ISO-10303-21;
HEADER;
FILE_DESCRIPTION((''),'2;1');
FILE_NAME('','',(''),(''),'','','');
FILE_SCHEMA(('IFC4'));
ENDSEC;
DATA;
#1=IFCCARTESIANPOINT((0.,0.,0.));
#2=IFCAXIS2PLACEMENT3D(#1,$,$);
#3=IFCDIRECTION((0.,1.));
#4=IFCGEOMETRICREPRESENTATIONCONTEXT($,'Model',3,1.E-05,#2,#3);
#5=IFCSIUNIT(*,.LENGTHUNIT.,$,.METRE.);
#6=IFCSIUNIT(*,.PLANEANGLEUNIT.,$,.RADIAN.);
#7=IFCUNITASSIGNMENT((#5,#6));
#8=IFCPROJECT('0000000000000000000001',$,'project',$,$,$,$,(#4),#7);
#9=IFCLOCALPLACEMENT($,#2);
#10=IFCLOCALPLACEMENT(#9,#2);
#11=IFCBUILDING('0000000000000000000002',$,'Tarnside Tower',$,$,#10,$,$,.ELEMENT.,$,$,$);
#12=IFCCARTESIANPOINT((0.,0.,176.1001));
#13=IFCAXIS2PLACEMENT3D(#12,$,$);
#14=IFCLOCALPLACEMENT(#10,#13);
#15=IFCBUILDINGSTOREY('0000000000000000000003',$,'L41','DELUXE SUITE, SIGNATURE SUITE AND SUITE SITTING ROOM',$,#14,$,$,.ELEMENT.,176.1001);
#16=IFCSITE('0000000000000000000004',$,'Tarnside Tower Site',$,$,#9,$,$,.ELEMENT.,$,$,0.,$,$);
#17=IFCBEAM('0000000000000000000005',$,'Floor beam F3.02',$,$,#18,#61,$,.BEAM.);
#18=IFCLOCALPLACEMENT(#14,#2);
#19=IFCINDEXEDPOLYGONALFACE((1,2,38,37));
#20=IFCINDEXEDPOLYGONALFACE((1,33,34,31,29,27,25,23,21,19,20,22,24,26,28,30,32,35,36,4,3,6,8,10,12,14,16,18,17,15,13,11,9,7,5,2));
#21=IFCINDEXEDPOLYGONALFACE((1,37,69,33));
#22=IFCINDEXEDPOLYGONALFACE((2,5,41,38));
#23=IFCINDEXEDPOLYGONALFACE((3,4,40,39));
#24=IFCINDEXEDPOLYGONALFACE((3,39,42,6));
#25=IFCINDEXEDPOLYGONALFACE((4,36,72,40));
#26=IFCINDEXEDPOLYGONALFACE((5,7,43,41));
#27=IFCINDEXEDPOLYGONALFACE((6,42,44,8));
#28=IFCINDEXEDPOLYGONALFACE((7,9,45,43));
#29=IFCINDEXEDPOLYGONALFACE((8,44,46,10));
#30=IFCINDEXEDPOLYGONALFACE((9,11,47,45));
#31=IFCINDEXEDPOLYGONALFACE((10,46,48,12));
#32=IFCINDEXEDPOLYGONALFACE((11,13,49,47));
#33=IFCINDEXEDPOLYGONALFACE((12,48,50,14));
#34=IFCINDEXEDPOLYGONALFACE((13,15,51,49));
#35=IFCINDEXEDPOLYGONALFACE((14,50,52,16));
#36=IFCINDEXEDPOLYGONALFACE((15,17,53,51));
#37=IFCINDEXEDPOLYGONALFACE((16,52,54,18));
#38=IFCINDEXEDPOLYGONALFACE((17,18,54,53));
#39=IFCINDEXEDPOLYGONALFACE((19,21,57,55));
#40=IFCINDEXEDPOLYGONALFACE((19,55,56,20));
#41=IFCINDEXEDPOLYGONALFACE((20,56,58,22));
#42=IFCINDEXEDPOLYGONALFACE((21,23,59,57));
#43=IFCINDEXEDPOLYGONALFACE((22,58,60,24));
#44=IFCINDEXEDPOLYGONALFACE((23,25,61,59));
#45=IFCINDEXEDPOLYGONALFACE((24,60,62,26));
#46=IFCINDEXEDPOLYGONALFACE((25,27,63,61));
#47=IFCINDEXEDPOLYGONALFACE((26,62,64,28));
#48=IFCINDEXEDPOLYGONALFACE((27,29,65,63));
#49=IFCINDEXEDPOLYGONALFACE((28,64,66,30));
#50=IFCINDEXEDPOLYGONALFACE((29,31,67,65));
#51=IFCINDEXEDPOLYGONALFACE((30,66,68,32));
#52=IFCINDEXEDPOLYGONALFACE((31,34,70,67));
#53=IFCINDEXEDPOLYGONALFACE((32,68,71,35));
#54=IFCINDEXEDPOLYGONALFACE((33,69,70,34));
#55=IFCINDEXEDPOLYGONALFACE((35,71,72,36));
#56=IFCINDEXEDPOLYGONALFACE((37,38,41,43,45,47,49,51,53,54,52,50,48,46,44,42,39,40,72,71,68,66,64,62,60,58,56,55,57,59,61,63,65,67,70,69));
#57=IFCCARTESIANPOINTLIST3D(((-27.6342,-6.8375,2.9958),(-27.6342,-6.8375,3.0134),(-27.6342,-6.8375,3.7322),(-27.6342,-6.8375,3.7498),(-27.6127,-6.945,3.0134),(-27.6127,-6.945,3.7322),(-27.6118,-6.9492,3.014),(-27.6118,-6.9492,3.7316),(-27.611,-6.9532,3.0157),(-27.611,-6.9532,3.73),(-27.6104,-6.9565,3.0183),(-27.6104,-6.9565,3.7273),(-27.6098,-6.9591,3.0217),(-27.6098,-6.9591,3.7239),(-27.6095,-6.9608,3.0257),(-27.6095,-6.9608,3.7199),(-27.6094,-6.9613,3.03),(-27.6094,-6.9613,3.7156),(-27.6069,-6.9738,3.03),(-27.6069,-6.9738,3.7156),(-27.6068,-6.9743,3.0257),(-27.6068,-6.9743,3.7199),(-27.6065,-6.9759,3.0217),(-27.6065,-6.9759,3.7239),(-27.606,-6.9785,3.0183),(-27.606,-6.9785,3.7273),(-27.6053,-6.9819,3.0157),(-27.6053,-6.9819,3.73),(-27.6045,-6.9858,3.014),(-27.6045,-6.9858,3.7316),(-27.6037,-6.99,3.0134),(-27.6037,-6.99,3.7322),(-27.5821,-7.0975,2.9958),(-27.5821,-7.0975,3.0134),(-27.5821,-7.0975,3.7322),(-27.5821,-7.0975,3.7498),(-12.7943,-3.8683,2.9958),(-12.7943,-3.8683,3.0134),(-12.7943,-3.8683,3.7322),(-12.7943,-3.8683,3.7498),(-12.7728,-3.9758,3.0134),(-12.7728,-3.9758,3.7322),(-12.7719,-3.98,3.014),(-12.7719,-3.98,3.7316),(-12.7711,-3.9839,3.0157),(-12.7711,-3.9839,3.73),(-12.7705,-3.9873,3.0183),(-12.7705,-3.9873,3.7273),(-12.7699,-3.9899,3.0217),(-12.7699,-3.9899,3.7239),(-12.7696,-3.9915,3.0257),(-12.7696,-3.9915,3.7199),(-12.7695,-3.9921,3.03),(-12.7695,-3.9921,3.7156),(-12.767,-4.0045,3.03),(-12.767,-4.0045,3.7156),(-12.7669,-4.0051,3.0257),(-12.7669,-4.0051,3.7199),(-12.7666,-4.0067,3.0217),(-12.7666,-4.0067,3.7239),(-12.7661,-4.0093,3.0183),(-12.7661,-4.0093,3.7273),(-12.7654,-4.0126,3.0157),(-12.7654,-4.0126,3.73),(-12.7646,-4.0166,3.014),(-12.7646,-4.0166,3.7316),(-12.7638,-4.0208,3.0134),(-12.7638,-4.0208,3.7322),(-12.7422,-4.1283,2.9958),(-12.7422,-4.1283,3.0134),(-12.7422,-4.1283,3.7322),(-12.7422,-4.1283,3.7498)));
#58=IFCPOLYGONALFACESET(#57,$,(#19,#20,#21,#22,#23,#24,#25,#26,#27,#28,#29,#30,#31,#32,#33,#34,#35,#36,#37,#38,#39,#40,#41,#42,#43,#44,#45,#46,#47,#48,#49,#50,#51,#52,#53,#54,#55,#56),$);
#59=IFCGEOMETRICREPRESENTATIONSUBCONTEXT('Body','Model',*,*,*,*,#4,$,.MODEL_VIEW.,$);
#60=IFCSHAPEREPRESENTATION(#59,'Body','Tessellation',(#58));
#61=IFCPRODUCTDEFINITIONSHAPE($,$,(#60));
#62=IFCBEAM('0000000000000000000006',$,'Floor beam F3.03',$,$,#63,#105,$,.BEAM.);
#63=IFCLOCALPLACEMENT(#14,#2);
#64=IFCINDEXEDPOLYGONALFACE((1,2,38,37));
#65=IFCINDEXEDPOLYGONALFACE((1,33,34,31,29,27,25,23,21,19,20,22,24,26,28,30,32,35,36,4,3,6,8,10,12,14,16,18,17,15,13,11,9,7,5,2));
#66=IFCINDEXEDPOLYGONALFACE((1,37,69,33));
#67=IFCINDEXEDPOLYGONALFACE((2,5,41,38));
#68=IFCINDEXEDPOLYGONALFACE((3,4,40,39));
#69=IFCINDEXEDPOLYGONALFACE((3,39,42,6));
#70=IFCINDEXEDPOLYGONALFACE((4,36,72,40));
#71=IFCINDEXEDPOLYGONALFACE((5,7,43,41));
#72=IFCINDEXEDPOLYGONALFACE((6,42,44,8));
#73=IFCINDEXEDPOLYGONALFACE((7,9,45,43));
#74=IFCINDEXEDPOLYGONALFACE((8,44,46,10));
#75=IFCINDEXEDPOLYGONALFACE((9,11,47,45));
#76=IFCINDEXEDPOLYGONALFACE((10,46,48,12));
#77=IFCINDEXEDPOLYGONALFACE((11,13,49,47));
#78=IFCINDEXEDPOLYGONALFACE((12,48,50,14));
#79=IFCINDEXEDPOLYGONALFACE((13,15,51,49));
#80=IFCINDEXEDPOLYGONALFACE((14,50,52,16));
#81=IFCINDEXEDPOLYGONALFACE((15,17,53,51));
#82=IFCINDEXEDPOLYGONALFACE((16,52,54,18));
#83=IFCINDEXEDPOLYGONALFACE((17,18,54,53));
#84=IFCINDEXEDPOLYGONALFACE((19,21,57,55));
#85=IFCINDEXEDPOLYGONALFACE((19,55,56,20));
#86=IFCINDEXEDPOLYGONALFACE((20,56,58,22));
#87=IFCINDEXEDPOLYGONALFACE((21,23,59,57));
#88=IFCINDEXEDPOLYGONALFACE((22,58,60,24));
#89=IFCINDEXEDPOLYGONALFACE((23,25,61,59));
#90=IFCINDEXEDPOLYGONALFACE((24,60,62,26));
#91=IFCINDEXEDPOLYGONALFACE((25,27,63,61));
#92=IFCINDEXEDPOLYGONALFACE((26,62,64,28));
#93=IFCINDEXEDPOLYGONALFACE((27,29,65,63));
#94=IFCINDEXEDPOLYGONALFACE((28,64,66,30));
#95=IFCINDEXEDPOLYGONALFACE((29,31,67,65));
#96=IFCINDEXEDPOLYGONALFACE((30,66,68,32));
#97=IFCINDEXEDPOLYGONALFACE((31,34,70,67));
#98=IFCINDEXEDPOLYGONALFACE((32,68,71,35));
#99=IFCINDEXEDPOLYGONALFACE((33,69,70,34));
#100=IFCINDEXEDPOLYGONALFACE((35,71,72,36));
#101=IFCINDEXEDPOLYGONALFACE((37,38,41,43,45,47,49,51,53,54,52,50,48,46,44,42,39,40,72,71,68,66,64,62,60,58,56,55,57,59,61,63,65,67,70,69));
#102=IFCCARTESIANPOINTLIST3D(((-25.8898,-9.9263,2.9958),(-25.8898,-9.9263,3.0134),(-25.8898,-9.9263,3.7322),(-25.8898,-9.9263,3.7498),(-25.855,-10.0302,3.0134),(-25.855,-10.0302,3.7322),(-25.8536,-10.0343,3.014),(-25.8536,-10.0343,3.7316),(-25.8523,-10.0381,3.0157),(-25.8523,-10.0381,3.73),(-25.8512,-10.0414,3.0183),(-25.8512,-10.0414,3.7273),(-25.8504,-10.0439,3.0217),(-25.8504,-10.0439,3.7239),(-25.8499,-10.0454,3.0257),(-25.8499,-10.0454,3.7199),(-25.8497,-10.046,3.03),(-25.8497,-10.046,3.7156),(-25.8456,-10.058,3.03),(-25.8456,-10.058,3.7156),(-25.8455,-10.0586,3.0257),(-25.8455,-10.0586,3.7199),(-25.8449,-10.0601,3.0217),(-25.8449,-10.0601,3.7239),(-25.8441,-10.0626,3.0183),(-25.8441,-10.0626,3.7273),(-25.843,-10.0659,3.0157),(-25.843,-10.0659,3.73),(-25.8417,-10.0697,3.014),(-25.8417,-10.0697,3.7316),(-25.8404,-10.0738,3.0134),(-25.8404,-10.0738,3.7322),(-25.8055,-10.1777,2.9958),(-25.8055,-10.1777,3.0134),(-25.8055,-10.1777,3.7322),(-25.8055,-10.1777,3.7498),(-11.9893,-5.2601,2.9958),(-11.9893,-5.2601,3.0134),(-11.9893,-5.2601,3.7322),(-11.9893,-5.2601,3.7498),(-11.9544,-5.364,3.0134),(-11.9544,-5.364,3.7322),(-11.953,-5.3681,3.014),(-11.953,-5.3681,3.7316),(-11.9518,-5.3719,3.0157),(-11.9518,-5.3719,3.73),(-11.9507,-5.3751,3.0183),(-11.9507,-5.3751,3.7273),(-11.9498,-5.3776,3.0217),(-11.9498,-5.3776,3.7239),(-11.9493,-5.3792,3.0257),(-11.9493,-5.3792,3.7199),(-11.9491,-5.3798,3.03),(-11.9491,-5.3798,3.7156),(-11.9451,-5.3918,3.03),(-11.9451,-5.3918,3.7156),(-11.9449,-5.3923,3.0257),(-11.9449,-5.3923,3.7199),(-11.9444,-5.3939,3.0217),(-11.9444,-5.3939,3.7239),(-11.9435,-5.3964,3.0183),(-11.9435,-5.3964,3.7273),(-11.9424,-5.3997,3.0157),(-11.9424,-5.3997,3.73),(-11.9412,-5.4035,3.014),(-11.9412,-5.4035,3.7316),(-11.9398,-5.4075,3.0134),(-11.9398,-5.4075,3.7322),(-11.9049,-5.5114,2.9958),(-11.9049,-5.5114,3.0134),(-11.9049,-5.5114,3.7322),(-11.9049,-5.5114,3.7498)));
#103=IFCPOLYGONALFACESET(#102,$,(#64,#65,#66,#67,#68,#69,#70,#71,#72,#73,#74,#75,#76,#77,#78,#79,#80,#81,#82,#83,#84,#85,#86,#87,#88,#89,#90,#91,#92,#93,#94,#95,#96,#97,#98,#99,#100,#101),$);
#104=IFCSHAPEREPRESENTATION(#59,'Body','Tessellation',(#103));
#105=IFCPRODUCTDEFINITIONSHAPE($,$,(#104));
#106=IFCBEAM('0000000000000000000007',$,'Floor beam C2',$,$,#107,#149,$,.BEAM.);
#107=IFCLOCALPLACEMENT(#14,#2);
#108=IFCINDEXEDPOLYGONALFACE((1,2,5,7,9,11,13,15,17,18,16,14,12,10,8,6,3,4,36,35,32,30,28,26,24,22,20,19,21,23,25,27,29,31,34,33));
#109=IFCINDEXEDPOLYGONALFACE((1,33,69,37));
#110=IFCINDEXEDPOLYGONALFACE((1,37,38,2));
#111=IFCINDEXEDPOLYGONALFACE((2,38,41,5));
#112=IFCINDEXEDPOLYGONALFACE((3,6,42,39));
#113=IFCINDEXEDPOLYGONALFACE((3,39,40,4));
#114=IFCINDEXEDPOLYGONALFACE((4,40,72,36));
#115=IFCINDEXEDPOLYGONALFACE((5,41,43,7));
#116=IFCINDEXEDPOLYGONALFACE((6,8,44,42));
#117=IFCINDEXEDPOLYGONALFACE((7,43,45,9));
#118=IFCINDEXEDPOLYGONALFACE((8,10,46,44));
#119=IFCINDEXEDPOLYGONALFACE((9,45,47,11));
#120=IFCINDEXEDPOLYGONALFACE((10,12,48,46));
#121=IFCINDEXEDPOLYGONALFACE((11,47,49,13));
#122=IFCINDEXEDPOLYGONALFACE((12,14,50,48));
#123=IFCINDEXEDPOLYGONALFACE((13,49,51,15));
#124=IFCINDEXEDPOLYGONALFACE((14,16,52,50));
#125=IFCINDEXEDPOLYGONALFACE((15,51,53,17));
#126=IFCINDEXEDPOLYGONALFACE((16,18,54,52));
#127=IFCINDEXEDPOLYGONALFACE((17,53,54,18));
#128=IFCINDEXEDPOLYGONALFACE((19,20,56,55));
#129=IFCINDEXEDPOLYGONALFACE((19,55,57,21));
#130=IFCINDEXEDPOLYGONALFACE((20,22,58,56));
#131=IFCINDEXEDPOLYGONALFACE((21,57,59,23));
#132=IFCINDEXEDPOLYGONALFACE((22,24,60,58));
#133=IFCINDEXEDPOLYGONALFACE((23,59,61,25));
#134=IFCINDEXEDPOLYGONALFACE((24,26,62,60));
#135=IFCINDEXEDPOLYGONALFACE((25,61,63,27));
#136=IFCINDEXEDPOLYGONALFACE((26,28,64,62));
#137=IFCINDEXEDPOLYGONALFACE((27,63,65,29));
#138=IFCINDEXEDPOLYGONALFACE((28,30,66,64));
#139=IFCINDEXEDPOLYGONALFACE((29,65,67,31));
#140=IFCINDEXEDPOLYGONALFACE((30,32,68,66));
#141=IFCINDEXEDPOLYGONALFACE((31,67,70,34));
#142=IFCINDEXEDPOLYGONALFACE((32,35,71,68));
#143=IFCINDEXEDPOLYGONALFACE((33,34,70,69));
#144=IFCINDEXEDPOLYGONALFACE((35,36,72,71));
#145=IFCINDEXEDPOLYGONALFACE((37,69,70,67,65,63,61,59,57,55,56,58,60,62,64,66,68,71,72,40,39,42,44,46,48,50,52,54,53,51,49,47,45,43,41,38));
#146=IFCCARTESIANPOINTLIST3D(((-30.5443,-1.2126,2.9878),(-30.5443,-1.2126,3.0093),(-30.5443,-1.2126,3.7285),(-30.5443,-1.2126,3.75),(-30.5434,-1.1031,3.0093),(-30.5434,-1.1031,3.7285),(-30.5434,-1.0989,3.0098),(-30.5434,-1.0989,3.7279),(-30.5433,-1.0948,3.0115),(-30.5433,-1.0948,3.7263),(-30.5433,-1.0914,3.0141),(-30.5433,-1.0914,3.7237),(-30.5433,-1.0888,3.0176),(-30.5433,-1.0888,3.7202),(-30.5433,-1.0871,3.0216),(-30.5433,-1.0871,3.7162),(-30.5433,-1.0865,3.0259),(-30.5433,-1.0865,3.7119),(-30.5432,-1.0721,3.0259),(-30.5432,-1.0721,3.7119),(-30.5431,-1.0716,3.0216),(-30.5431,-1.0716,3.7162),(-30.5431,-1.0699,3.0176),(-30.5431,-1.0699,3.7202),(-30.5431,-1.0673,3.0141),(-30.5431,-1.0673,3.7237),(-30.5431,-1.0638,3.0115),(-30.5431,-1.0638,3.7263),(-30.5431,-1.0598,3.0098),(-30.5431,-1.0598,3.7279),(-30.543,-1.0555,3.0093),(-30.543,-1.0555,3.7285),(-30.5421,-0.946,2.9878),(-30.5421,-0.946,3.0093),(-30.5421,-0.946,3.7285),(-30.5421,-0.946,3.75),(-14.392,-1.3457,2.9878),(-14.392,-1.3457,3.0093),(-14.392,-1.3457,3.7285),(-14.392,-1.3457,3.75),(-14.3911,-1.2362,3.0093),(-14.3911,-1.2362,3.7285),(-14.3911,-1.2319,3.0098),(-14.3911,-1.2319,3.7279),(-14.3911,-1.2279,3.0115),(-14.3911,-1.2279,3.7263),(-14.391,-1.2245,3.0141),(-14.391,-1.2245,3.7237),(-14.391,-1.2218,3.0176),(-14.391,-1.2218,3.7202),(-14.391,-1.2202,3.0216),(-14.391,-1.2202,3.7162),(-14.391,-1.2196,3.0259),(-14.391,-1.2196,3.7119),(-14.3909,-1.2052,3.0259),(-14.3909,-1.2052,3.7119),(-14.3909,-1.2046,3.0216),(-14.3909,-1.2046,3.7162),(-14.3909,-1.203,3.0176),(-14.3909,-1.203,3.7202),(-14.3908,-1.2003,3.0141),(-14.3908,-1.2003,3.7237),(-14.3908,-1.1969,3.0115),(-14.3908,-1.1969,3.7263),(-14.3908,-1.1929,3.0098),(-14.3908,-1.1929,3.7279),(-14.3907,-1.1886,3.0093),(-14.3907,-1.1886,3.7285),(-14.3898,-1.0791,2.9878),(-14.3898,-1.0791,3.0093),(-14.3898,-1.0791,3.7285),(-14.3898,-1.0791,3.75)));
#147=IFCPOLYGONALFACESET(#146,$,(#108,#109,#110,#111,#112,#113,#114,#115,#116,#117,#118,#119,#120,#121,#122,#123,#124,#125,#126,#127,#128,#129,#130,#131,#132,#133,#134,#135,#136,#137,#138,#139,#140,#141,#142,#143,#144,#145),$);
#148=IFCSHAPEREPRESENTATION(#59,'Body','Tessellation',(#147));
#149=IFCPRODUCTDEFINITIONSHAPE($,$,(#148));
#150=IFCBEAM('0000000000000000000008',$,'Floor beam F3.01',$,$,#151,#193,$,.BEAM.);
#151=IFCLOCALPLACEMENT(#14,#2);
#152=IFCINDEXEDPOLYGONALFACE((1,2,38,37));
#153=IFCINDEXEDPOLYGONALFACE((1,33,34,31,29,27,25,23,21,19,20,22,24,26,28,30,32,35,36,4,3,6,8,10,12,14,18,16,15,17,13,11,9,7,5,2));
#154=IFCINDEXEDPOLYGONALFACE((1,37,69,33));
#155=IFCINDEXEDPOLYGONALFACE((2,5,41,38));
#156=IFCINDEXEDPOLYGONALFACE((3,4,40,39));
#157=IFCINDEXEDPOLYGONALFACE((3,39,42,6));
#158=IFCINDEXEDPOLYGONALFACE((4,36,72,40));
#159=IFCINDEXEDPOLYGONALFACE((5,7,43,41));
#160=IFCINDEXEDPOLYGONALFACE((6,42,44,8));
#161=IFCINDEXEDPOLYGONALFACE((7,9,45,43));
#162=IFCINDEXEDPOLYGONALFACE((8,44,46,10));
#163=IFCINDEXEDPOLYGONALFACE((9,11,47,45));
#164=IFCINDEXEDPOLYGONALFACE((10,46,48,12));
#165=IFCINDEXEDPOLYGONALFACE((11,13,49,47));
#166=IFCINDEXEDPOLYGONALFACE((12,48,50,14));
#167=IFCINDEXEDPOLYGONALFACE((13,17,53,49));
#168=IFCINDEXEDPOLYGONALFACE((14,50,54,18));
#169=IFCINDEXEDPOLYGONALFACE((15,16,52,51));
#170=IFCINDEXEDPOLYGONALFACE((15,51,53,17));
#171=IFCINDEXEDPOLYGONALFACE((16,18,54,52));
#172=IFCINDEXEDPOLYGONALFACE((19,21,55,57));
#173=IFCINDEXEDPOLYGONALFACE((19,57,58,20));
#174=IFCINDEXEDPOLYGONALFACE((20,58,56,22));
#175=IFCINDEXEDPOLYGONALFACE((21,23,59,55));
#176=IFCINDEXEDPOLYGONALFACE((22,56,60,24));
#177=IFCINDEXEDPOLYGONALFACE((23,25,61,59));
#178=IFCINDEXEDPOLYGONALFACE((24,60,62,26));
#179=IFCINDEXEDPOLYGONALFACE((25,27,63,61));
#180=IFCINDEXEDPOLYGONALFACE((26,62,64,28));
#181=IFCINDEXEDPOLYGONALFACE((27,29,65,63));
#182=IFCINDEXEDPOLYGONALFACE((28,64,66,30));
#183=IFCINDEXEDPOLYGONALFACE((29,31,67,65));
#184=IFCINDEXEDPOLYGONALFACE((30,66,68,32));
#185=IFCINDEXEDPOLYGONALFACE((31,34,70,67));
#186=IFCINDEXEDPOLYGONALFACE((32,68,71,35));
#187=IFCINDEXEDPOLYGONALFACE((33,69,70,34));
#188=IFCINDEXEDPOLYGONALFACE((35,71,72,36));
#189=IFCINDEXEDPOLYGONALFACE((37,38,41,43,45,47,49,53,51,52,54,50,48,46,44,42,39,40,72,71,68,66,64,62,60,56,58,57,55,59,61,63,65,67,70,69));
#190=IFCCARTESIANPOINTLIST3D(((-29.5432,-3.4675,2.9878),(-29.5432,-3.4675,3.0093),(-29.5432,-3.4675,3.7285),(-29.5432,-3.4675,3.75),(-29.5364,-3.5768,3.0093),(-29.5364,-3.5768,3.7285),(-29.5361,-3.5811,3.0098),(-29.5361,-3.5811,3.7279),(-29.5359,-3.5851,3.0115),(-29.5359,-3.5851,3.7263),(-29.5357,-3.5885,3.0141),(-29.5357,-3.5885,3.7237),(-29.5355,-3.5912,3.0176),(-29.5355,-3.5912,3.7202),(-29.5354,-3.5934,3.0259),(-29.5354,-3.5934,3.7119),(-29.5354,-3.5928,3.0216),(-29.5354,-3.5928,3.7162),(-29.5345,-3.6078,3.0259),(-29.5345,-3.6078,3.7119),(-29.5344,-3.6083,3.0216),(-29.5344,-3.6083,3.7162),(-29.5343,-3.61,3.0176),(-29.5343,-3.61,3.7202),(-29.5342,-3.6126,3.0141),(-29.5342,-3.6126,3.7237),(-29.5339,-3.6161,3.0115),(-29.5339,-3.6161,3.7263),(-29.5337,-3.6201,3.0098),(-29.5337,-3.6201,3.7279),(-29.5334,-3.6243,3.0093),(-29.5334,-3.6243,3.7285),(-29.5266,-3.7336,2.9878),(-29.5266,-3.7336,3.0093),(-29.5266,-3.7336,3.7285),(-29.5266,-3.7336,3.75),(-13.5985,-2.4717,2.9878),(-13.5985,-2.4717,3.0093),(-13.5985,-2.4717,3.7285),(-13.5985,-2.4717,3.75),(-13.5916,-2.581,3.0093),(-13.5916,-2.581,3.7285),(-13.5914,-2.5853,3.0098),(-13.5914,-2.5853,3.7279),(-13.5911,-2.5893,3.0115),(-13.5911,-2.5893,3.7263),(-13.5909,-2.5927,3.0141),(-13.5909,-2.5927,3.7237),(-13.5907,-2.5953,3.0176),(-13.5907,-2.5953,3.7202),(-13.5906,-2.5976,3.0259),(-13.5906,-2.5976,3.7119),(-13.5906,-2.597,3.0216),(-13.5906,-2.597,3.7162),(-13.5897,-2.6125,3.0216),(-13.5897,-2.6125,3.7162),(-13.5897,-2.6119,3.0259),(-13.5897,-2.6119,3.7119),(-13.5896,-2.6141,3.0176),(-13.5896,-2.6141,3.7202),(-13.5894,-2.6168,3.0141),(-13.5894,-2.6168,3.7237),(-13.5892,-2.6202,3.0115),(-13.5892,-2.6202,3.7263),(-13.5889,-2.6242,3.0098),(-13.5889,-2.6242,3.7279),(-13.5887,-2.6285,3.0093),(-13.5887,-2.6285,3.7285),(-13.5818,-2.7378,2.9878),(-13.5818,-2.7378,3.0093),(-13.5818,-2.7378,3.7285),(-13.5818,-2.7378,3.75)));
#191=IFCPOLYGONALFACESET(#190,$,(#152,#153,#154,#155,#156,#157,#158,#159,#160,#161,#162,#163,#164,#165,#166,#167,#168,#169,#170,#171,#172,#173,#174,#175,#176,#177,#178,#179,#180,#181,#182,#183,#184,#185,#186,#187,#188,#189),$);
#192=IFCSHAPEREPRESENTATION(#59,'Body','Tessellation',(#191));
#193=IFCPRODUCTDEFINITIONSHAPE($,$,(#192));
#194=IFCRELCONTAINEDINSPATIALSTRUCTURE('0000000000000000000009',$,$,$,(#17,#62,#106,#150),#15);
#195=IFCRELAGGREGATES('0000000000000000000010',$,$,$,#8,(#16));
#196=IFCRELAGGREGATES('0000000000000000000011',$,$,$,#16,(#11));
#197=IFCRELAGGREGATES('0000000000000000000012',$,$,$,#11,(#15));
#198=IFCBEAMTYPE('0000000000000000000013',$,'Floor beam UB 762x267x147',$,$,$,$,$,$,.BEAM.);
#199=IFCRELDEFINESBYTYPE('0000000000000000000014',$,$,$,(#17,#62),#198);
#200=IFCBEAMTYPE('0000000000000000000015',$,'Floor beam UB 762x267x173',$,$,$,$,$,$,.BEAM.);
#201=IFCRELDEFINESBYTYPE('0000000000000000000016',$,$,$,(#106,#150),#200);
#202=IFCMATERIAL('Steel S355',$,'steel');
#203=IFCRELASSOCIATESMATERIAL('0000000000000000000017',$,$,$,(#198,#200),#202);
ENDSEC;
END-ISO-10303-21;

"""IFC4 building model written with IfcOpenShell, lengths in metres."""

from ifc_helpers import new_model, si_unit, direction, frame, origin, origin_2d, place, context, subcontext, project, spatial, i_section, extrude, material, material_profile, profile_set, type_object, element, save


model = new_model("IFC4")

# Units and contexts
model_context = context("Model", 3, precision=1e-05, world=origin(), true_north=direction((0.0, 1.0)))
body_context = subcontext(model_context, "Body", "Model", "MODEL_VIEW")
ifc_project = project(units=[si_unit("LENGTHUNIT", "METRE"), si_unit("PLANEANGLEUNIT", "RADIAN")], contexts=[model_context])

# Site, building, storey
site_placement = place(None, origin())
site = spatial("IfcSite", under=ifc_project, at=site_placement, Name="Tarnside Tower Site", CompositionType="ELEMENT", RefElevation=0.0)
building_placement = place(site_placement, origin())
building = spatial("IfcBuilding", under=site, at=building_placement, Name="Tarnside Tower", CompositionType="ELEMENT")
storey_placement = place(building_placement, frame((0.0, 0.0, 176.1001)))
storey = spatial("IfcBuildingStorey", under=building, at=storey_placement, Name="L41", Description="DELUXE SUITE, SIGNATURE SUITE AND SUITE SITTING ROOM", CompositionType="ELEMENT", Elevation=176.1001)

# Beams
ifc_material_1 = material(Name="Steel S355", Category="steel")
ifc_material_profile_1 = material_profile(ifc_material_1, i_section(OverallWidth=0.2651, OverallDepth=0.7539, WebThickness=0.0127, FlangeThickness=0.0176, FilletRadius=0.0166, at=origin_2d()), Name="UB 762x267x147")
ifc_profile_set_1 = profile_set([ifc_material_profile_1], Name="Steel S355")
beam_type_1 = type_object("IfcBeamType", Name="Floor beam UB 762x267x147", PredefinedType="BEAM", material=ifc_profile_set_1)
beam_1_placement = place(storey_placement, frame((-27.6082, -6.9675, 3.3728), z_axis=(0.980565, 0.196197, 0.0), x_axis=(-0.196197, 0.980565, 0.0)))
element("IfcBeam", 1, at=beam_1_placement, inside=storey, type_object=beam_type_1, Name="Floor beam F3.02", PredefinedType="BEAM", context=body_context, shape_type="SweptSolid", body=[
    extrude(i_section(OverallWidth=0.2651, OverallDepth=0.7539, WebThickness=0.0127, FlangeThickness=0.0176, FilletRadius=0.0166, at=origin_2d()), origin(), (0.0, 0.0, 1.0), 15.134),
])
beam_2_placement = place(storey_placement, frame((-25.8477, -10.052, 3.3728), z_axis=(0.948012, 0.318235, 0.0), x_axis=(-0.318235, 0.948012, 0.0)))
element("IfcBeam", 2, at=beam_2_placement, inside=storey, type_object=beam_type_1, Name="Floor beam F3.03", PredefinedType="BEAM", context=body_context, shape_type="SweptSolid", body=[
    extrude(i_section(OverallWidth=0.2651, OverallDepth=0.7539, WebThickness=0.0127, FlangeThickness=0.0176, FilletRadius=0.0166, at=origin_2d()), origin(), (0.0, 0.0, 1.0), 14.6628),
])
ifc_material_profile_2 = material_profile(ifc_material_1, i_section(OverallWidth=0.2666, OverallDepth=0.7622, WebThickness=0.0144, FlangeThickness=0.0215, FilletRadius=0.0166, at=origin_2d()), Name="UB 762x267x173")
ifc_profile_set_2 = profile_set([ifc_material_profile_2], Name="Steel S355")
beam_type_2 = type_object("IfcBeamType", Name="Floor beam UB 762x267x173", PredefinedType="BEAM", material=ifc_profile_set_2)
beam_3_placement = place(storey_placement, frame((-30.5432, -1.0793, 3.3689), z_axis=(0.999966, -0.008237, 0.0), x_axis=(0.008237, 0.999966, 0.0)))
element("IfcBeam", 3, at=beam_3_placement, inside=storey, type_object=beam_type_2, Name="Floor beam C2", PredefinedType="BEAM", context=body_context, shape_type="SweptSolid", body=[
    extrude(i_section(OverallWidth=0.2666, OverallDepth=0.7622, WebThickness=0.0144, FlangeThickness=0.0215, FilletRadius=0.0166, at=origin_2d()), origin(), (0.0, 0.0, 1.0), 16.1528),
])
beam_4_placement = place(storey_placement, frame((-29.5349, -3.6006, 3.3689), z_axis=(0.998055, 0.062335, 0.0), x_axis=(-0.062335, 0.998055, 0.0)))
element("IfcBeam", 4, at=beam_4_placement, inside=storey, type_object=beam_type_2, Name="Floor beam F3.01", PredefinedType="BEAM", context=body_context, shape_type="SweptSolid", body=[
    extrude(i_section(OverallWidth=0.2666, OverallDepth=0.7622, WebThickness=0.0144, FlangeThickness=0.0215, FilletRadius=0.0166, at=origin_2d()), origin(), (0.0, 0.0, 1.0), 15.9758),
])

save(model, "model.ifc")
